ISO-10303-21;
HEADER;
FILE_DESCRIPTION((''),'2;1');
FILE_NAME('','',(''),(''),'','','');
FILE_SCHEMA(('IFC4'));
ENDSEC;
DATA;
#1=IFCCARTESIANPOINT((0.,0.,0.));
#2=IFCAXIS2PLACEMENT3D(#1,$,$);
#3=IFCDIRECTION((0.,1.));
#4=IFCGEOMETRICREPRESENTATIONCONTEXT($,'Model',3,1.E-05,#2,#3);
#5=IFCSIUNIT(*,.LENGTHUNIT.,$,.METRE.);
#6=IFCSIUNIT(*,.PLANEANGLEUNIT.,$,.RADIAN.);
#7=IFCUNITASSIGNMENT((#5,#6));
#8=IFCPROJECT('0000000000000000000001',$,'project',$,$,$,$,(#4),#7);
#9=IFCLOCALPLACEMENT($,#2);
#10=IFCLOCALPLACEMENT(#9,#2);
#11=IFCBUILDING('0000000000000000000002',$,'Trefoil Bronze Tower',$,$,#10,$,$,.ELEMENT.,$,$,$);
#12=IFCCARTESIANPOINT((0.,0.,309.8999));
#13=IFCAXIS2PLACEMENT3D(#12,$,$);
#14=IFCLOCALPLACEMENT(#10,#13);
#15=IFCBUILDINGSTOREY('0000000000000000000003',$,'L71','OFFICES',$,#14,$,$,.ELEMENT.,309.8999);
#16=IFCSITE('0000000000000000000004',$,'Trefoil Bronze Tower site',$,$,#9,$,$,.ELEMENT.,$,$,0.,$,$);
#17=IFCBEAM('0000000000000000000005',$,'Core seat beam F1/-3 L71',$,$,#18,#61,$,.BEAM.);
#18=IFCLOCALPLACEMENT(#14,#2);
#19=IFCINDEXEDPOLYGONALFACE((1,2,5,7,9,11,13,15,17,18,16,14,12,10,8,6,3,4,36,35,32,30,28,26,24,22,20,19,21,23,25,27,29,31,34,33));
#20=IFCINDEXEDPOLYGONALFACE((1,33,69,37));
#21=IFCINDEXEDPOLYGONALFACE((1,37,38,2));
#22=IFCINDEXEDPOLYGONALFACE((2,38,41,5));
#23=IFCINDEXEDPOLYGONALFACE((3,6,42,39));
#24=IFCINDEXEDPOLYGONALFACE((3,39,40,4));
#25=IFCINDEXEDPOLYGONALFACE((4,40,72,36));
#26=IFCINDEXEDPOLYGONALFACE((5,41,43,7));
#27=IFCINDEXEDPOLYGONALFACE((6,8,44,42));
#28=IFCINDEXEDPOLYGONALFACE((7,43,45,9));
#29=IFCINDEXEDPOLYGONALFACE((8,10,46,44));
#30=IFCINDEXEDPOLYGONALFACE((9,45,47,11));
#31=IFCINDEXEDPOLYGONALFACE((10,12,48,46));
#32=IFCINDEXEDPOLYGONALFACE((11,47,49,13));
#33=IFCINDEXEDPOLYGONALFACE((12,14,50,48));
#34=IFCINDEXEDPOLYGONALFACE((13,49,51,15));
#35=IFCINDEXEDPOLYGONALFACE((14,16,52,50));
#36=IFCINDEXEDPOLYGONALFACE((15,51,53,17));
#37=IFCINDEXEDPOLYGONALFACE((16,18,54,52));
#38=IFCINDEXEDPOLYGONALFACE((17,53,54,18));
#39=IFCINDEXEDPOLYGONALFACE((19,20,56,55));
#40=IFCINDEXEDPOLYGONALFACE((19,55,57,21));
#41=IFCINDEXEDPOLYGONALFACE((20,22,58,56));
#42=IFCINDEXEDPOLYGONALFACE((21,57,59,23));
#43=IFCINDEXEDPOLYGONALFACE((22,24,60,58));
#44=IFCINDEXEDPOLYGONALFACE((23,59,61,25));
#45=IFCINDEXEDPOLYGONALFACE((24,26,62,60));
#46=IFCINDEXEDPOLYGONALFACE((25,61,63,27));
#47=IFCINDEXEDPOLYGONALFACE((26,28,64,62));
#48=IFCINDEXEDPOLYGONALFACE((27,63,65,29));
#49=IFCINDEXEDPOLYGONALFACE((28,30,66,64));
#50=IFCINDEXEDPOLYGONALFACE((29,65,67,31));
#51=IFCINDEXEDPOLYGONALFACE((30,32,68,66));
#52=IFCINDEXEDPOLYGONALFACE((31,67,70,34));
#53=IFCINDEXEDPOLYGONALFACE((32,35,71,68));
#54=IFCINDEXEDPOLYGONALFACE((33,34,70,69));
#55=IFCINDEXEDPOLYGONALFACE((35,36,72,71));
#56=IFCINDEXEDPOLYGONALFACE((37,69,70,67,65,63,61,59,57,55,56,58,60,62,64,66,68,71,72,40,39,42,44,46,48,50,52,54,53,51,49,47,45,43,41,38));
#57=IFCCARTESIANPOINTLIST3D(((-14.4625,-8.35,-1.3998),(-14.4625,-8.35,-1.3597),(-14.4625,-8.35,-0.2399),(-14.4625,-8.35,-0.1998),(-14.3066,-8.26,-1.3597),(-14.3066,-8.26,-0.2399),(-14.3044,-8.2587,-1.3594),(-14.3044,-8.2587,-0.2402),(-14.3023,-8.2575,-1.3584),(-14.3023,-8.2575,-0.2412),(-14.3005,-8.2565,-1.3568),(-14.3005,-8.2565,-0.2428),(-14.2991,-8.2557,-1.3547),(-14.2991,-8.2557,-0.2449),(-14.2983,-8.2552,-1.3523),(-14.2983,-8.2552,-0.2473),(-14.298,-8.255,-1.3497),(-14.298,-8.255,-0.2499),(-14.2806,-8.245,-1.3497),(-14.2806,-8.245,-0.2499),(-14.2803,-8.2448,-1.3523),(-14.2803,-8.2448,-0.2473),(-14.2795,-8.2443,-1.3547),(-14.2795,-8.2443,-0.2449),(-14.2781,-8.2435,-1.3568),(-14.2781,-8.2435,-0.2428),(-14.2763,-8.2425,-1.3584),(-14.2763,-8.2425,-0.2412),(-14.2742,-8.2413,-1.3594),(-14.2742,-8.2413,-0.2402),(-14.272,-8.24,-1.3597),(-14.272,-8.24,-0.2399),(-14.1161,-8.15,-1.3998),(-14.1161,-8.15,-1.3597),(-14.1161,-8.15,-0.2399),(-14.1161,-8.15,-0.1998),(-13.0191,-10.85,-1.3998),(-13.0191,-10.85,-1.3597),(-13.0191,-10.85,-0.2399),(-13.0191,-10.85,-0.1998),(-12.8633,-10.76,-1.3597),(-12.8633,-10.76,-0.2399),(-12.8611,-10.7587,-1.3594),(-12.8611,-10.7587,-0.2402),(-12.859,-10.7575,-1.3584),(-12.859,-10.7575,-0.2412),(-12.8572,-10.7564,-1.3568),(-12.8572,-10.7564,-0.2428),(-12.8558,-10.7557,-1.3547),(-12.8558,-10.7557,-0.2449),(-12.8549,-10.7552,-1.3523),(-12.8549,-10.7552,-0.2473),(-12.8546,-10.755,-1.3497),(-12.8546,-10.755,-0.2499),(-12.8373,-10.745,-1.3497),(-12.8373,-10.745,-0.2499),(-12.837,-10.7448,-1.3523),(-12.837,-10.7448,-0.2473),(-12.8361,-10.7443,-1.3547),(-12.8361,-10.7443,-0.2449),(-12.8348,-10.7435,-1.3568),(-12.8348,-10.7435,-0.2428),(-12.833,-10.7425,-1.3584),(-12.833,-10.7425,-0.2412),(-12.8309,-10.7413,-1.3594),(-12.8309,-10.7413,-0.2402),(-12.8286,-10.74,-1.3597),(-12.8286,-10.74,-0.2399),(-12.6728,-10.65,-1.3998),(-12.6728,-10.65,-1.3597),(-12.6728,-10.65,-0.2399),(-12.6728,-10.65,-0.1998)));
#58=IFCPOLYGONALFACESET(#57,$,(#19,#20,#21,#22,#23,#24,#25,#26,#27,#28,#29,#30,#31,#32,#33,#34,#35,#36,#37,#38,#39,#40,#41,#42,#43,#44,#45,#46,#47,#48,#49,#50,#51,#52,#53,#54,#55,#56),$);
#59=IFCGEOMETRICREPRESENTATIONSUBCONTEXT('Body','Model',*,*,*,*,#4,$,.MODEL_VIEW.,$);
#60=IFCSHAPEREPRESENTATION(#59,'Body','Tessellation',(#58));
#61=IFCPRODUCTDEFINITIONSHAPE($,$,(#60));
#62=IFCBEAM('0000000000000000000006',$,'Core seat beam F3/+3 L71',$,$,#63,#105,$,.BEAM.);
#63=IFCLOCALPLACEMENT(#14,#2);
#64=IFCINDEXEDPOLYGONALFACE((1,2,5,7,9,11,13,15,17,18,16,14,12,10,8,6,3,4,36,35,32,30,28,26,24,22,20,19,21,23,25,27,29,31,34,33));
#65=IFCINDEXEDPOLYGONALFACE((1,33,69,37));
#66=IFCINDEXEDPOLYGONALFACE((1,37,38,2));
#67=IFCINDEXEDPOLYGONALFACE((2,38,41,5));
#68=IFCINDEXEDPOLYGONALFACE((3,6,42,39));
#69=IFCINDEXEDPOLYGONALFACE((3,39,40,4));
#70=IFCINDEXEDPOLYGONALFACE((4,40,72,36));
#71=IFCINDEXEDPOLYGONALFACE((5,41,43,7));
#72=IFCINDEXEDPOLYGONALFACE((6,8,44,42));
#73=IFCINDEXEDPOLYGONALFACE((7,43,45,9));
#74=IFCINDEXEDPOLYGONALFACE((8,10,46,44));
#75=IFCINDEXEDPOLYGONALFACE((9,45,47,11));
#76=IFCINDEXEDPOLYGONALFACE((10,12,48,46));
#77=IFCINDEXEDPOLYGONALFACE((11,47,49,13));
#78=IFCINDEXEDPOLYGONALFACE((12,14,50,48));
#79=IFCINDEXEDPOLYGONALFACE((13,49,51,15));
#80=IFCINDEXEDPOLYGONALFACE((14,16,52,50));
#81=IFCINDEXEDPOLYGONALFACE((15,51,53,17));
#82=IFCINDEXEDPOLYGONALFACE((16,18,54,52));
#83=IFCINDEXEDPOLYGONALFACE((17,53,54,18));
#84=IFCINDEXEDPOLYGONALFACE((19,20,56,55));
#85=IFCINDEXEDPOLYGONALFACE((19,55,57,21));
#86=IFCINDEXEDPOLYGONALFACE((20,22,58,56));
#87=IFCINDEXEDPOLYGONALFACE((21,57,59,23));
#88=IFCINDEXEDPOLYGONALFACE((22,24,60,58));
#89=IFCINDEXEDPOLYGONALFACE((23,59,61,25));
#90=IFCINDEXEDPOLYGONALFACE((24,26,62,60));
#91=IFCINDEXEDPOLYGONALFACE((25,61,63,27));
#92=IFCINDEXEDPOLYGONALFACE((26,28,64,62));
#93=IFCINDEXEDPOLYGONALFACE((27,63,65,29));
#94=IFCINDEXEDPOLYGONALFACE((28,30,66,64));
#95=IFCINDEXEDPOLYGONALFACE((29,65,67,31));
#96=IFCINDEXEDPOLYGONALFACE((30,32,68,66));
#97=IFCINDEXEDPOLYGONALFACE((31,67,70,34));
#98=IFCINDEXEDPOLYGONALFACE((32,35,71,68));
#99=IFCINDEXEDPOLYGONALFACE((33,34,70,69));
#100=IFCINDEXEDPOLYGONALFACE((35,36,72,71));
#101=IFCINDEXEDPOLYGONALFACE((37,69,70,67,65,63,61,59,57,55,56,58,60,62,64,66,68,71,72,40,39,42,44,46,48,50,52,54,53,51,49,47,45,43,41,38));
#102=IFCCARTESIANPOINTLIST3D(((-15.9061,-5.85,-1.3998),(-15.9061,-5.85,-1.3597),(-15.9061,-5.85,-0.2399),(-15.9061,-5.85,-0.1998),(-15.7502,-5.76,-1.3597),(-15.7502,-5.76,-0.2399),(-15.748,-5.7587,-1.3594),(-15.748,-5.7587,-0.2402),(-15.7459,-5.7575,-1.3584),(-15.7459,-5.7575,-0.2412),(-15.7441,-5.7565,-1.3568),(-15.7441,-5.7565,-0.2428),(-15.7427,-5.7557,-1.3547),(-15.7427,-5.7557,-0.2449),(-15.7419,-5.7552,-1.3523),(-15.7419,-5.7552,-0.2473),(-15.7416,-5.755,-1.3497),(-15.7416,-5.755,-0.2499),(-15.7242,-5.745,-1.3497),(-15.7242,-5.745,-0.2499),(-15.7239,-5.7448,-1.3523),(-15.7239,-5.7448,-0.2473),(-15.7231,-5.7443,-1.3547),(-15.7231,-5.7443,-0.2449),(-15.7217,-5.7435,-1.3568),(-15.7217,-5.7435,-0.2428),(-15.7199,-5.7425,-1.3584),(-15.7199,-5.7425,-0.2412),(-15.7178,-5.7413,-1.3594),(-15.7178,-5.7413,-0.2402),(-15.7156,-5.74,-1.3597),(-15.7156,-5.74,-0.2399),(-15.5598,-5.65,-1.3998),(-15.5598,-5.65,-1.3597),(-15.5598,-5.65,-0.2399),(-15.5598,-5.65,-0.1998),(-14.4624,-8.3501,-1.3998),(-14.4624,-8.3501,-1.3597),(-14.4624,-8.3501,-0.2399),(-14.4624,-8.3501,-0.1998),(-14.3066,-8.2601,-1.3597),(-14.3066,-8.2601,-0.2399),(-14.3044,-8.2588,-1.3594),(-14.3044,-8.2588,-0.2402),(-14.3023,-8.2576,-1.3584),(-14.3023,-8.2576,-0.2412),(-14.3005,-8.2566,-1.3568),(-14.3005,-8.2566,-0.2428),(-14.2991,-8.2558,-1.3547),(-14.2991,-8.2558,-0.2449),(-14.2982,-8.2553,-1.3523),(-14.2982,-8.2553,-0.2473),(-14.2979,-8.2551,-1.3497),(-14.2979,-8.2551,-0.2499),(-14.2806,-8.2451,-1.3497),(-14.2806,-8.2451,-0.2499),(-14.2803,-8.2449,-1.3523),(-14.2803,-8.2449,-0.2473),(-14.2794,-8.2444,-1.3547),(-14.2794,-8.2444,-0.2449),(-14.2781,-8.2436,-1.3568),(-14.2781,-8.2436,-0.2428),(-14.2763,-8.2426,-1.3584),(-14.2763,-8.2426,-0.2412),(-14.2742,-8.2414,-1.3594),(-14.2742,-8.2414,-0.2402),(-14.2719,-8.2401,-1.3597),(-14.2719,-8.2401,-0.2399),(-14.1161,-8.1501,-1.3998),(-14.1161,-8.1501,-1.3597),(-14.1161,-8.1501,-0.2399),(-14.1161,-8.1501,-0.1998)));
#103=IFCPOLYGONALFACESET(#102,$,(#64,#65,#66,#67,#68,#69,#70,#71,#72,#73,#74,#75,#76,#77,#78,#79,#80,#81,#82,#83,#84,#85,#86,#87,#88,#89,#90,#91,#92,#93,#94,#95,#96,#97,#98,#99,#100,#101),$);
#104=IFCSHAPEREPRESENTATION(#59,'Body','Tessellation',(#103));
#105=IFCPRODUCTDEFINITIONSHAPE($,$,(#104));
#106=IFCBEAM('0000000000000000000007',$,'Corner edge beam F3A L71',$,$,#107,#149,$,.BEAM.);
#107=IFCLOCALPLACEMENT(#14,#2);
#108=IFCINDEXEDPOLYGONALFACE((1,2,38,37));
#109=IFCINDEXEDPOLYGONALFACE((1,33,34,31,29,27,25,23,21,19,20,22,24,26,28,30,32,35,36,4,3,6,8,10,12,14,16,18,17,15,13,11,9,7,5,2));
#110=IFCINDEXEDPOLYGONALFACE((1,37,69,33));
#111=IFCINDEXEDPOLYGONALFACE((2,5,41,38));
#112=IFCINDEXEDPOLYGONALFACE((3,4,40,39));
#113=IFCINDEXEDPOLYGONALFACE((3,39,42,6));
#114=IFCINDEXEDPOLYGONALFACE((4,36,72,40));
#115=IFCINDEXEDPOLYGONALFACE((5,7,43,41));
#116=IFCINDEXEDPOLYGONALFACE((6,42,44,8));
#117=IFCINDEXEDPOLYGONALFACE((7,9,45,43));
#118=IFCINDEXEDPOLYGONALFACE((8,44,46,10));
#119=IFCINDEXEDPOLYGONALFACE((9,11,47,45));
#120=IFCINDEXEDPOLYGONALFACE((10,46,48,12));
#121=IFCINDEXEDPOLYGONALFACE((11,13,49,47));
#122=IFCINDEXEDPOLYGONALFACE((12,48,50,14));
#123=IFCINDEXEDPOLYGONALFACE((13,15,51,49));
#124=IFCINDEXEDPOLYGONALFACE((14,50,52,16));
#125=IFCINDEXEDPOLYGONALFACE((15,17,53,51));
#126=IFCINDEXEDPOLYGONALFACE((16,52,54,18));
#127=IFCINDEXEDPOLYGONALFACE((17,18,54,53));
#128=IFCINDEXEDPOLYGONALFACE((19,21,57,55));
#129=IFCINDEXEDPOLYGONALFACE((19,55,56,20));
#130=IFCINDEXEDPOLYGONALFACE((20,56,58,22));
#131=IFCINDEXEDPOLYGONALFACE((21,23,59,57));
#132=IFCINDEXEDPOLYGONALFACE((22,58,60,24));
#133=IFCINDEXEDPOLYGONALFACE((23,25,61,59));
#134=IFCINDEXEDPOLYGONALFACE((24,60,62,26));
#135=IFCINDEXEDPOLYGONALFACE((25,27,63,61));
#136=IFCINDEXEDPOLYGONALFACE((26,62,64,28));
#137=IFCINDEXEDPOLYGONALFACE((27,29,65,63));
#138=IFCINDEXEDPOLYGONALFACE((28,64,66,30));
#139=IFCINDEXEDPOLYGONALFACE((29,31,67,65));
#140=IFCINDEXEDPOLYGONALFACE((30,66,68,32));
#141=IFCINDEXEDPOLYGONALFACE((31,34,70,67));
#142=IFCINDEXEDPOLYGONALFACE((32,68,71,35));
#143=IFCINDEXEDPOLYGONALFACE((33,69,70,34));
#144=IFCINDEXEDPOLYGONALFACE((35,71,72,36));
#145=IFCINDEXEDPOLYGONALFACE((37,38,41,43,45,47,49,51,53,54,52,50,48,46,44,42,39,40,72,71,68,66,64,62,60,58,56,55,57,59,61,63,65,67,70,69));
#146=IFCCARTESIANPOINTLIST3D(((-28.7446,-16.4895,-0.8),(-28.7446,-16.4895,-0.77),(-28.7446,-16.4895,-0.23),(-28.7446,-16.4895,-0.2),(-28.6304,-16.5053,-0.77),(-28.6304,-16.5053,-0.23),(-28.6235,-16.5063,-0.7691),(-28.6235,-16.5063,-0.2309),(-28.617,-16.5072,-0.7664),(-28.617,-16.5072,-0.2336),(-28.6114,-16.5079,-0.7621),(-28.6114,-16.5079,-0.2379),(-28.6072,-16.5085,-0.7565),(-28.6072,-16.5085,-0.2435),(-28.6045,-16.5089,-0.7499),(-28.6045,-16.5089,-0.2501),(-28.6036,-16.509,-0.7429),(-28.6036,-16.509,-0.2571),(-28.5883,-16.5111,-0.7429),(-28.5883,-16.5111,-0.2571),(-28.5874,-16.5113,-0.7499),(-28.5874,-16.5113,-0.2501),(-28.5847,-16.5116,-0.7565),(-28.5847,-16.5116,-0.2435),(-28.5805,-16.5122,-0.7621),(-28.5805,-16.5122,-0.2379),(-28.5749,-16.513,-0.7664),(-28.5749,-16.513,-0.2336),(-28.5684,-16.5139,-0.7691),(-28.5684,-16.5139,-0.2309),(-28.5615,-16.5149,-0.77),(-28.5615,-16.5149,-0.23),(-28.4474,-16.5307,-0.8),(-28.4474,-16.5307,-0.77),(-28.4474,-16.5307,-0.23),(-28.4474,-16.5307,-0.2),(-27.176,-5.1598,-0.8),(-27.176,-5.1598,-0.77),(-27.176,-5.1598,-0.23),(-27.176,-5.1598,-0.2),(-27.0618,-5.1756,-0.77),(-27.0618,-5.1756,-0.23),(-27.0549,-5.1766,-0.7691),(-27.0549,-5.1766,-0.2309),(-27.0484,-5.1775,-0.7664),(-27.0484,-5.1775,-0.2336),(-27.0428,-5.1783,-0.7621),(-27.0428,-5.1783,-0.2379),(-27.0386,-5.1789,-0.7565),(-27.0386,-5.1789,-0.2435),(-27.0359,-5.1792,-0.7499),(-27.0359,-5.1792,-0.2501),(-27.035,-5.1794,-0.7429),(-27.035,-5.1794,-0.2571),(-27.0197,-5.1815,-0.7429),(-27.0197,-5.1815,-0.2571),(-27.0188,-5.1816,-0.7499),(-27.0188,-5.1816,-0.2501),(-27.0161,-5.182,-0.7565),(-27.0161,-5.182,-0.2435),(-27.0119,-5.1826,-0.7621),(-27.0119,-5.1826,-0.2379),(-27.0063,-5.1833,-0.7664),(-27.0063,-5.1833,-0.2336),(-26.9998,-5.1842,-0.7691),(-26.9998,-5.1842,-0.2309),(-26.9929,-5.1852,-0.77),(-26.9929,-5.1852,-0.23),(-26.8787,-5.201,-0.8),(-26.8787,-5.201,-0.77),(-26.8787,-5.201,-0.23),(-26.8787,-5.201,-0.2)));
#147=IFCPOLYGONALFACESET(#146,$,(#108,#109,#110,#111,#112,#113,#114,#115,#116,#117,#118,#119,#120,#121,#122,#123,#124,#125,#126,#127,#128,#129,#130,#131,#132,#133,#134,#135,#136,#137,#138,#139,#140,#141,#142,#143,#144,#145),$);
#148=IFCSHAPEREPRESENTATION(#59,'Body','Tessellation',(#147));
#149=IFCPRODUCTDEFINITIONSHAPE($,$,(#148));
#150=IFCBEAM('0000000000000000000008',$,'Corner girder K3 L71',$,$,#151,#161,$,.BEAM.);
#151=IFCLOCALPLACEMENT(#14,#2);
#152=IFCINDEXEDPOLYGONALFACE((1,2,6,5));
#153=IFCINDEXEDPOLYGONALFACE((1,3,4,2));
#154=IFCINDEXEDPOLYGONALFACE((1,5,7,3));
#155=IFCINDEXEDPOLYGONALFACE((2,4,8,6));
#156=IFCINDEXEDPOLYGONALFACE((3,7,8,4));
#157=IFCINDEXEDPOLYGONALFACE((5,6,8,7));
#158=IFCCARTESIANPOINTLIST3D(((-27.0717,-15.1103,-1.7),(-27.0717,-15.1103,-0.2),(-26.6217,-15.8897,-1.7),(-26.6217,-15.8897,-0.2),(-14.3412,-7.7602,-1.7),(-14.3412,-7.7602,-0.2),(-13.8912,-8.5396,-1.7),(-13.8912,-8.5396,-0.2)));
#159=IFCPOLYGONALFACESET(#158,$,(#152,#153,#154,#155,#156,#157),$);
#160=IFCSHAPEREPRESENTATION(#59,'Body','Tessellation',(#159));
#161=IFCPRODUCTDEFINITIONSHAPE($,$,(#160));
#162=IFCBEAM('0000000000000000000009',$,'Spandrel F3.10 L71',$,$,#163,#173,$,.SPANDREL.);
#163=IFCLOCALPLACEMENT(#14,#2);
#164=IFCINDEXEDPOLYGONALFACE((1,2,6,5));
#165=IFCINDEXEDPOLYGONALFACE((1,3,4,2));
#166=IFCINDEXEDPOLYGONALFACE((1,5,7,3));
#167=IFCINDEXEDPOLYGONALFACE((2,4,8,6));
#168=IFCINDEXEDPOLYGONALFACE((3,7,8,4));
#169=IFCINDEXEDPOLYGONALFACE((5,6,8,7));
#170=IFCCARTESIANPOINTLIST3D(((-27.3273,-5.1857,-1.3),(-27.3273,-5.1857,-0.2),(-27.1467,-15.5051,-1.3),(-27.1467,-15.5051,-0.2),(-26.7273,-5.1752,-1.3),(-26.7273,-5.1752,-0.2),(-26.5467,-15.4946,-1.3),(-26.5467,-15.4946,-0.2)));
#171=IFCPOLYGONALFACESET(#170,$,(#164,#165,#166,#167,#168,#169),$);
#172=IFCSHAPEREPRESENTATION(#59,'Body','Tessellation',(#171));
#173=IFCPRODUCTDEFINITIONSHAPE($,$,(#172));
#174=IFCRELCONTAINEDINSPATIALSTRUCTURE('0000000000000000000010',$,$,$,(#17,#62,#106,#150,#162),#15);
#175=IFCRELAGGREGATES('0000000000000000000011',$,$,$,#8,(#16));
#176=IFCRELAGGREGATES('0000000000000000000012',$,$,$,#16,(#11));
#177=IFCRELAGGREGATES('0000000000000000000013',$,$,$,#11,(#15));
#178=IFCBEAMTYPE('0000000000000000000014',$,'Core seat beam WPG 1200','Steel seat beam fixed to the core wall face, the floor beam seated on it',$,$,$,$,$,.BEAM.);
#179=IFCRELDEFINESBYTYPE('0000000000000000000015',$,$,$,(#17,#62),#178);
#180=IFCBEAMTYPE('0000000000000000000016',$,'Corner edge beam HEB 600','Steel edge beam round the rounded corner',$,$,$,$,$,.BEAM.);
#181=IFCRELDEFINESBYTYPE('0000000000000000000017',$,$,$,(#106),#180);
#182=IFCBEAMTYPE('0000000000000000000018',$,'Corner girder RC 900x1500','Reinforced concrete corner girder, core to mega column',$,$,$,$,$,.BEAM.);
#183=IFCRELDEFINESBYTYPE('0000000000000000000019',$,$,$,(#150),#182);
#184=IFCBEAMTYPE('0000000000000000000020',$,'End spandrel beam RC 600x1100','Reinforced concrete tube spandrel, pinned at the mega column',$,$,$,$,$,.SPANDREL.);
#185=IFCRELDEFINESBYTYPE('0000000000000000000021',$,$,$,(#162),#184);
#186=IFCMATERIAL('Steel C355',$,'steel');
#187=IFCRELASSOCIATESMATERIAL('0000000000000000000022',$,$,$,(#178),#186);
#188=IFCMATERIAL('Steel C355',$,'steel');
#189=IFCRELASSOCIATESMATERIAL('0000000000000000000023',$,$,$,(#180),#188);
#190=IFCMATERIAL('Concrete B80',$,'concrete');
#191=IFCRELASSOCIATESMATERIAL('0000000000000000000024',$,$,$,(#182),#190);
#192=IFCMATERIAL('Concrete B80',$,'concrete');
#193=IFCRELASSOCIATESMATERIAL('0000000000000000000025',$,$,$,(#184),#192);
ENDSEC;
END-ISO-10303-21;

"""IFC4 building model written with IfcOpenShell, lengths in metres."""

from ifc_helpers import new_model, si_unit, direction, frame, origin, origin_2d, place, context, subcontext, project, spatial, rectangle, i_section, extrude, material, material_profile, profile_set, type_object, element, save


model = new_model("IFC4")

# Units and contexts
model_context = context("Model", 3, precision=1e-05, world=origin(), true_north=direction((0.0, 1.0)))
body_context = subcontext(model_context, "Body", "Model", "MODEL_VIEW")
ifc_project = project(units=[si_unit("LENGTHUNIT", "METRE"), si_unit("PLANEANGLEUNIT", "RADIAN")], contexts=[model_context])

# Site, building, storey
site_placement = place(None, origin())
site = spatial("IfcSite", under=ifc_project, at=site_placement, Name="Trefoil Bronze Tower site", CompositionType="ELEMENT", RefElevation=0.0)
building_placement = place(site_placement, origin())
building = spatial("IfcBuilding", under=site, at=building_placement, Name="Trefoil Bronze Tower", CompositionType="ELEMENT")
storey_placement = place(building_placement, frame((0.0, 0.0, 309.8999)))
storey = spatial("IfcBuildingStorey", under=building, at=storey_placement, Name="L71", Description="OFFICES", CompositionType="ELEMENT", Elevation=309.8999)

# Beams
ifc_material_1 = material(Name="Steel C355", Category="steel")
ifc_material_profile_1 = material_profile(ifc_material_1, i_section(OverallWidth=0.3999, OverallDepth=1.2, WebThickness=0.02, FlangeThickness=0.04, FilletRadius=0.01, at=origin_2d()), Name="WPG 1200")
ifc_profile_set_1 = profile_set([ifc_material_profile_1], Name="Steel C355")
beam_type_1 = type_object("IfcBeamType", Name="Core seat beam WPG 1200", Description="Steel seat beam fixed to the core wall face, the floor beam seated on it", PredefinedType="BEAM", material=ifc_profile_set_1)
beam_1_placement = place(storey_placement, frame((-14.2893, -8.25, -0.7998), z_axis=(0.499996, -0.866028, 0.0), x_axis=(0.866028, 0.499996, 0.0)))
element("IfcBeam", 1, at=beam_1_placement, inside=storey, type_object=beam_type_1, Name="Core seat beam F1/-3 L71", PredefinedType="BEAM", context=body_context, shape_type="SweptSolid", body=[
    extrude(i_section(OverallWidth=0.3999, OverallDepth=1.2, WebThickness=0.02, FlangeThickness=0.04, FilletRadius=0.01, at=origin_2d()), origin(), (0.0, 0.0, 1.0), 2.8867),
])
beam_2_placement = place(storey_placement, frame((-15.7329, -5.75, -0.7998), z_axis=(0.500059, -0.865991, 0.0), x_axis=(0.865991, 0.500059, 0.0)))
element("IfcBeam", 2, at=beam_2_placement, inside=storey, type_object=beam_type_1, Name="Core seat beam F3/+3 L71", PredefinedType="BEAM", context=body_context, shape_type="SweptSolid", body=[
    extrude(i_section(OverallWidth=0.3999, OverallDepth=1.2, WebThickness=0.02, FlangeThickness=0.04, FilletRadius=0.01, at=origin_2d()), origin(), (0.0, 0.0, 1.0), 2.887),
])
ifc_material_2 = material(Name="Steel C355", Category="steel")
ifc_material_profile_2 = material_profile(ifc_material_2, i_section(OverallWidth=0.3, OverallDepth=0.6001, WebThickness=0.0154, FlangeThickness=0.03, FilletRadius=0.0271, at=origin_2d()), Name="HEB 600")
ifc_profile_set_2 = profile_set([ifc_material_profile_2], Name="Steel C355")
beam_type_2 = type_object("IfcBeamType", Name="Corner edge beam HEB 600", Description="Steel edge beam round the rounded corner", PredefinedType="BEAM", material=ifc_profile_set_2)
beam_3_placement = place(storey_placement, frame((-27.0273, -5.1804, -0.5), z_axis=(-0.137144, -0.990551, 0.0), x_axis=(0.990551, -0.137144, 0.0)))
element("IfcBeam", 3, at=beam_3_placement, inside=storey, type_object=beam_type_2, Name="Corner edge beam F3A L71", PredefinedType="BEAM", context=body_context, shape_type="SweptSolid", body=[
    extrude(i_section(OverallWidth=0.3, OverallDepth=0.6001, WebThickness=0.0154, FlangeThickness=0.03, FilletRadius=0.0271, at=origin_2d()), origin(), (0.0, 0.0, 1.0), 11.4377),
])
ifc_material_3 = material(Name="Concrete B80", Category="concrete")
ifc_material_profile_3 = material_profile(ifc_material_3, rectangle(XDim=0.8999, YDim=1.5, at=origin_2d()), Name="RC 900x1500")
ifc_profile_set_3 = profile_set([ifc_material_profile_3], Name="Concrete B80")
beam_type_3 = type_object("IfcBeamType", Name="Corner girder RC 900x1500", Description="Reinforced concrete corner girder, core to mega column", PredefinedType="BEAM", material=ifc_profile_set_3)
beam_4_placement = place(storey_placement, frame((-14.1162, -8.1499, -0.95), z_axis=(-0.866021, -0.500008, 0.0), x_axis=(0.500008, -0.866021, 0.0)))
element("IfcBeam", 4, at=beam_4_placement, inside=storey, type_object=beam_type_3, Name="Corner girder K3 L71", PredefinedType="BEAM", context=body_context, shape_type="SweptSolid", body=[
    extrude(rectangle(XDim=0.8999, YDim=1.5, at=origin_2d()), origin(), (0.0, 0.0, 1.0), 14.7),
])
ifc_material_4 = material(Name="Concrete B80", Category="concrete")
ifc_material_profile_4 = material_profile(ifc_material_4, rectangle(XDim=0.6001, YDim=1.1001, at=origin_2d()), Name="RC 600x1100")
ifc_profile_set_4 = profile_set([ifc_material_profile_4], Name="Concrete B80")
beam_type_4 = type_object("IfcBeamType", Name="End spandrel beam RC 600x1100", Description="Reinforced concrete tube spandrel, pinned at the mega column", PredefinedType="SPANDREL", material=ifc_profile_set_4)
beam_5_placement = place(storey_placement, frame((-27.0273, -5.1804, -0.75), z_axis=(0.017504, -0.999847, 0.0), x_axis=(0.999847, 0.017504, 0.0)))
element("IfcBeam", 5, at=beam_5_placement, inside=storey, type_object=beam_type_4, Name="Spandrel F3.10 L71", PredefinedType="SPANDREL", context=body_context, shape_type="SweptSolid", body=[
    extrude(rectangle(XDim=0.6001, YDim=1.1001, at=origin_2d()), origin(), (0.0, 0.0, 1.0), 10.321),
])

save(model, "model.ifc")
